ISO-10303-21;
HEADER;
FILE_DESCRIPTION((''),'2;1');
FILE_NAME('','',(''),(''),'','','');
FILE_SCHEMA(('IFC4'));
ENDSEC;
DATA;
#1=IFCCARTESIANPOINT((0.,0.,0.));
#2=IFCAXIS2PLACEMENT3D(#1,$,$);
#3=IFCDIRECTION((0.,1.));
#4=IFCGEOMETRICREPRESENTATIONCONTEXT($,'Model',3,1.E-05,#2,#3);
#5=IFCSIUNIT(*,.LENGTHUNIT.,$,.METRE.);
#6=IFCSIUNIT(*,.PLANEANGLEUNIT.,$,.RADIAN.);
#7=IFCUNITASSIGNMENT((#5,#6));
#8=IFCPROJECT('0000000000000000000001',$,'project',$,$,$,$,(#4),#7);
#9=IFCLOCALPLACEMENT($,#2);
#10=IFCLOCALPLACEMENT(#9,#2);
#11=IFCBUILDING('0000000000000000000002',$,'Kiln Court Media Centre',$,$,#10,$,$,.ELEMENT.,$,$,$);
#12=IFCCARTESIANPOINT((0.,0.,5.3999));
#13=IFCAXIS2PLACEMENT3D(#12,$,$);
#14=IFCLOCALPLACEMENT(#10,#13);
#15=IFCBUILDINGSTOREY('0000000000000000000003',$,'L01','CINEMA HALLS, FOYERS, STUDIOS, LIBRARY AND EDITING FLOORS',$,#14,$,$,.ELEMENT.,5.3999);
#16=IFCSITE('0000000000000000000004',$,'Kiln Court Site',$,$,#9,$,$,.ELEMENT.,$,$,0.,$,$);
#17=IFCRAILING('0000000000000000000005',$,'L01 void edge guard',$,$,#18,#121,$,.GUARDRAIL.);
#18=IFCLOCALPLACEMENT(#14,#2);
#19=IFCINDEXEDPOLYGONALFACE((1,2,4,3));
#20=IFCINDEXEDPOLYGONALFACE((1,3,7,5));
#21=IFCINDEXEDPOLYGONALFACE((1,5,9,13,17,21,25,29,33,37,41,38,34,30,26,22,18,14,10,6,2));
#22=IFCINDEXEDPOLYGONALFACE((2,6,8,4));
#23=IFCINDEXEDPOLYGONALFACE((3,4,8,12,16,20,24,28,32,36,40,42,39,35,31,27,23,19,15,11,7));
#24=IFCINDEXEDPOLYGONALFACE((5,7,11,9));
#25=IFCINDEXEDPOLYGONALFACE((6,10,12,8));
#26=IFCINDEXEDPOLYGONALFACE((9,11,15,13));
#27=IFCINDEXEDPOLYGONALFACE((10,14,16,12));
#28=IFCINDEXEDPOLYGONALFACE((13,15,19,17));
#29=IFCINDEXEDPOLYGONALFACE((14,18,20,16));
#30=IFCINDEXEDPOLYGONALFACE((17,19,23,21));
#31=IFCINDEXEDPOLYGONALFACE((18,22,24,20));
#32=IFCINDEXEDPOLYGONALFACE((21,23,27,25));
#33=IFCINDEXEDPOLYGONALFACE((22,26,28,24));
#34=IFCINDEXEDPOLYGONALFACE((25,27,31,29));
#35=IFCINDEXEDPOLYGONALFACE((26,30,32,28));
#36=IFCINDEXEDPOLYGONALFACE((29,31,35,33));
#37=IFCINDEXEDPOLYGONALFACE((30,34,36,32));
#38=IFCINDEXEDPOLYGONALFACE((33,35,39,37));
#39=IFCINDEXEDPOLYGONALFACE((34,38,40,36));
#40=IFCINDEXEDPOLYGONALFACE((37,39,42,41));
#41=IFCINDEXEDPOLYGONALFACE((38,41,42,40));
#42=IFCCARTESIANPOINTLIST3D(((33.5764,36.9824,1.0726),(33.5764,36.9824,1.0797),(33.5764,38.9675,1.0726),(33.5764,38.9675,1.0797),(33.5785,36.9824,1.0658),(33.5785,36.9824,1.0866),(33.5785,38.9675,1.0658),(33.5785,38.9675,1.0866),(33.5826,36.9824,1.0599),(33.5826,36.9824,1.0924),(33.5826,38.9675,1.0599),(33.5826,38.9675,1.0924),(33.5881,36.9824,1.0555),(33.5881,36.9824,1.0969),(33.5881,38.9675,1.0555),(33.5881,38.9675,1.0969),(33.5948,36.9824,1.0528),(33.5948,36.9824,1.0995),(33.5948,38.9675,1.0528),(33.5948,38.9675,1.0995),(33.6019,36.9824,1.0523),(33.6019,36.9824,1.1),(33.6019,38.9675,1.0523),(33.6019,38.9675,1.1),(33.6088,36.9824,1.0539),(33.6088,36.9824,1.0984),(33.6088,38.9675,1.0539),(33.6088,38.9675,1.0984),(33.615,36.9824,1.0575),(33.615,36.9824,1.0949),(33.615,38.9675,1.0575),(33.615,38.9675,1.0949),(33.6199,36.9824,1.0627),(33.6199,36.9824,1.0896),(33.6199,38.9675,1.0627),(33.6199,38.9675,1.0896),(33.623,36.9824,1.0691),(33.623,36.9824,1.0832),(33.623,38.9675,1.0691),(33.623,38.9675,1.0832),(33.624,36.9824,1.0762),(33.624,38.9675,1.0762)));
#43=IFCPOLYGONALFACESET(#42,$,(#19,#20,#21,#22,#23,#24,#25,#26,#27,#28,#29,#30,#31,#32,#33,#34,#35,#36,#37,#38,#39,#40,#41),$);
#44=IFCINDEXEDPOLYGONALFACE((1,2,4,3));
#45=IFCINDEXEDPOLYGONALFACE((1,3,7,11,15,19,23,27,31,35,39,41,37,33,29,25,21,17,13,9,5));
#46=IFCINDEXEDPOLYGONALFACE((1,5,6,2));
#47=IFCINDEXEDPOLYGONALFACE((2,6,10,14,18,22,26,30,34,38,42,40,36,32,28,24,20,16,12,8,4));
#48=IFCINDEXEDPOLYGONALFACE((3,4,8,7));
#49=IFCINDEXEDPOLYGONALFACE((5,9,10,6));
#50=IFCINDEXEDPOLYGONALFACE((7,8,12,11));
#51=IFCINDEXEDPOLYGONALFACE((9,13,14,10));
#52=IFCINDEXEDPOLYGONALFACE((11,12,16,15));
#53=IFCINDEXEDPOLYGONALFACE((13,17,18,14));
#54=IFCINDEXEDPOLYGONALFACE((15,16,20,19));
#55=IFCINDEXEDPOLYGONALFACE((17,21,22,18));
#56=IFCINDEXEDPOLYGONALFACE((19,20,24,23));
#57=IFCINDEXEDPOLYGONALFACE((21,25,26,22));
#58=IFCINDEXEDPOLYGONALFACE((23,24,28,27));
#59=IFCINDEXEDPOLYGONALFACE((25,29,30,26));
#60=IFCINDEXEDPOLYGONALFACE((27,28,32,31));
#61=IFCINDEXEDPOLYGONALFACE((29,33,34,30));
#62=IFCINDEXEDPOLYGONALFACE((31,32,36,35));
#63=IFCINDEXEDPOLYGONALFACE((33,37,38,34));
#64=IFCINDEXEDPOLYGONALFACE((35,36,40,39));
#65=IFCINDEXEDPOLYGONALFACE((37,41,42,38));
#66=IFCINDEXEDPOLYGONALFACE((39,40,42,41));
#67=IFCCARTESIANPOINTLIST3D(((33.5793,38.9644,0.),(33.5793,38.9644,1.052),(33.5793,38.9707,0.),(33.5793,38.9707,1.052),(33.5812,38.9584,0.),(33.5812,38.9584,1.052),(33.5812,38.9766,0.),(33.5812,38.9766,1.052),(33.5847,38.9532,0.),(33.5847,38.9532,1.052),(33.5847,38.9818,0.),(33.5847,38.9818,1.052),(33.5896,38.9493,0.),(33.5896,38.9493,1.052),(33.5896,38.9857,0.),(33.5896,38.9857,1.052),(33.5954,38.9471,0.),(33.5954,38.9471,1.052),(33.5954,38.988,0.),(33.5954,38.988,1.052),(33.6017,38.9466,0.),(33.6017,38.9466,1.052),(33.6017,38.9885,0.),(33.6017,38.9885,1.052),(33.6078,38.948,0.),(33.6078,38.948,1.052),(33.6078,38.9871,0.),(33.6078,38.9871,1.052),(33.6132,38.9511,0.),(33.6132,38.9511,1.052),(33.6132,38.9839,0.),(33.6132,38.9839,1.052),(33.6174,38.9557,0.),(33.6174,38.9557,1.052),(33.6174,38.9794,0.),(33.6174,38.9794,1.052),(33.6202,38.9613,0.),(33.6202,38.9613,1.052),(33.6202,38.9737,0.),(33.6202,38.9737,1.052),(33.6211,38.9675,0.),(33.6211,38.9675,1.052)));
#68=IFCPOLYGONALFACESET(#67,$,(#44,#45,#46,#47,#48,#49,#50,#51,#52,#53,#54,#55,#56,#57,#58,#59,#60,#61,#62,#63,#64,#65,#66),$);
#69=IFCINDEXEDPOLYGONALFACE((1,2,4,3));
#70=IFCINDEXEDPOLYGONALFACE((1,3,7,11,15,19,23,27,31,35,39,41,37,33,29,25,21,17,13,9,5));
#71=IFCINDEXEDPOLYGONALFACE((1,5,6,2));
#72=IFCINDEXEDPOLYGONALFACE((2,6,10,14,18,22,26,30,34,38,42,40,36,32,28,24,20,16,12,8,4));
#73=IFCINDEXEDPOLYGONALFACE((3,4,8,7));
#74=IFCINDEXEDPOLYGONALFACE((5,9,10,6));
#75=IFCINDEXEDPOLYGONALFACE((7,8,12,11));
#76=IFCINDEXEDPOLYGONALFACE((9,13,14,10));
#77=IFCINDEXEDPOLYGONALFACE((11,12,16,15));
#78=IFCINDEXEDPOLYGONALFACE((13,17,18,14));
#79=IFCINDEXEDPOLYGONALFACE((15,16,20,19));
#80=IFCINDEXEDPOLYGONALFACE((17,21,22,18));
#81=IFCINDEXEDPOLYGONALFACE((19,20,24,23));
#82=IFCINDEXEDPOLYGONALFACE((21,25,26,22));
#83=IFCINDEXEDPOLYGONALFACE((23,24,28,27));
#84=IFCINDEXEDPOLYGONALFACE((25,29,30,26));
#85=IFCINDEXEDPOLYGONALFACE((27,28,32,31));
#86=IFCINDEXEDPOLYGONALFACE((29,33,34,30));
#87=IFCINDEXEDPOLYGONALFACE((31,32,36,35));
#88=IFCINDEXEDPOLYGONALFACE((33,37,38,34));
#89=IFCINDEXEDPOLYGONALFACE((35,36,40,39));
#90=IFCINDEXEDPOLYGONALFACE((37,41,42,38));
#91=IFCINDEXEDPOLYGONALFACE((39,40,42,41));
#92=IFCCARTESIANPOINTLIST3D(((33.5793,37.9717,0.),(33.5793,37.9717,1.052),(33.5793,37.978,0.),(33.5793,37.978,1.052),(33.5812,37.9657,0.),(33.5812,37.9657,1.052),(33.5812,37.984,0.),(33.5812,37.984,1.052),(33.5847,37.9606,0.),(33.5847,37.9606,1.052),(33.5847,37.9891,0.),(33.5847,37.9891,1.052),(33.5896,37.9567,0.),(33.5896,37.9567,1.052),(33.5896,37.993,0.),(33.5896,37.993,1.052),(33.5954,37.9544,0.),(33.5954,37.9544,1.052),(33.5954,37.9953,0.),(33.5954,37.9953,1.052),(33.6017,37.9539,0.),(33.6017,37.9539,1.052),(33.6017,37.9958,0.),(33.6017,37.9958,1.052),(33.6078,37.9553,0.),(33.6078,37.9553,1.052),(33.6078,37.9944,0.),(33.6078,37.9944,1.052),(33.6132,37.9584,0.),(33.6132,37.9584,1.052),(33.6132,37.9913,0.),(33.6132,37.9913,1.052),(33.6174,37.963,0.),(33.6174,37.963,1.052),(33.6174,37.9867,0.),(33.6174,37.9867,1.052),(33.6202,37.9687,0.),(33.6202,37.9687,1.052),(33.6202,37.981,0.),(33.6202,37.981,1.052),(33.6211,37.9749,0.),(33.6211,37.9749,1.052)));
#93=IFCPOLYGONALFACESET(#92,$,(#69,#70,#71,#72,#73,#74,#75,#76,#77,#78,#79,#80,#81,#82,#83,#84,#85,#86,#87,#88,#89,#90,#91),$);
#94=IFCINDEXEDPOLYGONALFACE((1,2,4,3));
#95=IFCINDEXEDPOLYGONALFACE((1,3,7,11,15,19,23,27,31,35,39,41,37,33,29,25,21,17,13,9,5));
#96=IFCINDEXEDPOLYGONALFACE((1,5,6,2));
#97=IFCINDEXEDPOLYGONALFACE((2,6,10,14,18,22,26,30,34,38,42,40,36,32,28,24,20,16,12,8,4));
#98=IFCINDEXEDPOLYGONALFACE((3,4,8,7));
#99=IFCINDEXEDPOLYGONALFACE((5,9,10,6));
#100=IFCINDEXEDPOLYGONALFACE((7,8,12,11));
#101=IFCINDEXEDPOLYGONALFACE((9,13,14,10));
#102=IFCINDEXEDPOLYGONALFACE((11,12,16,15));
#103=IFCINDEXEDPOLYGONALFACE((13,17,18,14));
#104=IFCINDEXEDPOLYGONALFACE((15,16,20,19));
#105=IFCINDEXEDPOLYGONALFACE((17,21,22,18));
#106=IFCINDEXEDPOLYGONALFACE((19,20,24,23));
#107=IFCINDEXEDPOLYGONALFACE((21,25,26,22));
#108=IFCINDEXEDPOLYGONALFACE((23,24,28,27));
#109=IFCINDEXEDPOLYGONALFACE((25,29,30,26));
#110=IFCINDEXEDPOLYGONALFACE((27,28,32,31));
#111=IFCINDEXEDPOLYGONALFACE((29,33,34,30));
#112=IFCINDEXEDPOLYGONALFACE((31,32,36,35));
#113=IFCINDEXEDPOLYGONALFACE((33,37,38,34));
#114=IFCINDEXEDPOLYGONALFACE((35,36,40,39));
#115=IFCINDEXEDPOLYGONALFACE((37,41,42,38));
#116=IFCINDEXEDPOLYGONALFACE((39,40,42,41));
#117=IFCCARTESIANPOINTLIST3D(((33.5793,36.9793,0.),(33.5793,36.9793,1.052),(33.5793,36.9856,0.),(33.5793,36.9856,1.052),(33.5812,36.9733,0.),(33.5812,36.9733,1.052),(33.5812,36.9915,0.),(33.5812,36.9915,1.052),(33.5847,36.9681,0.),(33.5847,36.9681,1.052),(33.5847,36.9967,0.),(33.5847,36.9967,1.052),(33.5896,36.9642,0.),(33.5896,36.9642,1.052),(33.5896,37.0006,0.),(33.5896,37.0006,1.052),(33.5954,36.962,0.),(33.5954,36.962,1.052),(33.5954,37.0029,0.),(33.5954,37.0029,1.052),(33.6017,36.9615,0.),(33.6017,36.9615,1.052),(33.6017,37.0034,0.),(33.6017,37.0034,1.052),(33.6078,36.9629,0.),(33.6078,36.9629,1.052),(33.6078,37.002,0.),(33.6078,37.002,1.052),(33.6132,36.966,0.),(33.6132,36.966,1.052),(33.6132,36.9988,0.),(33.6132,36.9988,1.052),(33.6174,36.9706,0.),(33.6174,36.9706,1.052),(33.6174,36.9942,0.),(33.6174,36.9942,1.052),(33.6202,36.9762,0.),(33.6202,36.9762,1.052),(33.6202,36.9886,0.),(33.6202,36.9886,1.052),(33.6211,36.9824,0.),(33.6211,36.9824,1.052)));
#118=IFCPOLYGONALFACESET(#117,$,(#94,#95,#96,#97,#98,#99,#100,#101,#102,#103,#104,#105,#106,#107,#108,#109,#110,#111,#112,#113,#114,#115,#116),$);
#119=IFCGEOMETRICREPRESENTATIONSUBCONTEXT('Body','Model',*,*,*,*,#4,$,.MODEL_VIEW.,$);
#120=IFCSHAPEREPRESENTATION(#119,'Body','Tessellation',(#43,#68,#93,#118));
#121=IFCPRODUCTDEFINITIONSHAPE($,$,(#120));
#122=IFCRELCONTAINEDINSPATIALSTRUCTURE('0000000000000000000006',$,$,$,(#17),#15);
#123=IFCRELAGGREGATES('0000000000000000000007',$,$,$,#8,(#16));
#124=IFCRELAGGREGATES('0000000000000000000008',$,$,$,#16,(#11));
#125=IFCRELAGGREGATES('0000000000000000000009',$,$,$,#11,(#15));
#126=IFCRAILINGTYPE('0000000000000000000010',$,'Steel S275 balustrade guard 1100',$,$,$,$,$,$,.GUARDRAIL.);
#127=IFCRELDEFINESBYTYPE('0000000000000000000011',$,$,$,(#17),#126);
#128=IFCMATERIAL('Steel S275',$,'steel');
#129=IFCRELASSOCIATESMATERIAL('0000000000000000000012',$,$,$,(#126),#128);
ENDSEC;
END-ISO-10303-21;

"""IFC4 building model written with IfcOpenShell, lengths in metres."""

from ifc_helpers import new_model, si_unit, direction, frame, origin, origin_2d, place, context, subcontext, project, spatial, circle, extrude, material, type_object, element, save


model = new_model("IFC4")

# Units and contexts
model_context = context("Model", 3, precision=1e-05, world=origin(), true_north=direction((0.0, 1.0)))
body_context = subcontext(model_context, "Body", "Model", "MODEL_VIEW")
ifc_project = project(units=[si_unit("LENGTHUNIT", "METRE"), si_unit("PLANEANGLEUNIT", "RADIAN")], contexts=[model_context])

# Site, building, storey
site_placement = place(None, origin())
site = spatial("IfcSite", under=ifc_project, at=site_placement, Name="Kiln Court Site", CompositionType="ELEMENT", RefElevation=0.0)
building_placement = place(site_placement, origin())
building = spatial("IfcBuilding", under=site, at=building_placement, Name="Kiln Court Media Centre", CompositionType="ELEMENT")
storey_placement = place(building_placement, frame((0.0, 0.0, 5.3999)))
storey = spatial("IfcBuildingStorey", under=building, at=storey_placement, Name="L01", Description="CINEMA HALLS, FOYERS, STUDIOS, LIBRARY AND EDITING FLOORS", CompositionType="ELEMENT", Elevation=5.3999)

# Railing
ifc_material_1 = material(Name="Steel S275", Category="steel")
railing_type = type_object("IfcRailingType", Name="Steel S275 balustrade guard 1100", PredefinedType="GUARDRAIL", material=ifc_material_1)
railing_1_placement = place(storey_placement, frame((33.6001, 38.9675, 0.0)))
element("IfcRailing", 1, at=railing_1_placement, inside=storey, type_object=railing_type, Name="L01 void edge guard", PredefinedType="GUARDRAIL", context=body_context, shape_type="SweptSolid", body=[
    extrude(circle(Radius=0.0239, at=origin_2d()), frame((0.0, 0.0, 1.0762), z_axis=(0.0, -1.0, 0.0), x_axis=(1.0, 0.0, 0.0)), (0.0, 0.0, 1.0), 1.9851),
    extrude(circle(Radius=0.021, at=origin_2d()), origin(), (0.0, 0.0, 1.0), 1.052),
    extrude(circle(Radius=0.021, at=origin_2d()), frame((0.0, -0.9927, 0.0)), (0.0, 0.0, 1.0), 1.052),
    extrude(circle(Radius=0.021, at=origin_2d()), frame((0.0, -1.9851, 0.0)), (0.0, 0.0, 1.0), 1.052),
])

save(model, "model.ifc")
